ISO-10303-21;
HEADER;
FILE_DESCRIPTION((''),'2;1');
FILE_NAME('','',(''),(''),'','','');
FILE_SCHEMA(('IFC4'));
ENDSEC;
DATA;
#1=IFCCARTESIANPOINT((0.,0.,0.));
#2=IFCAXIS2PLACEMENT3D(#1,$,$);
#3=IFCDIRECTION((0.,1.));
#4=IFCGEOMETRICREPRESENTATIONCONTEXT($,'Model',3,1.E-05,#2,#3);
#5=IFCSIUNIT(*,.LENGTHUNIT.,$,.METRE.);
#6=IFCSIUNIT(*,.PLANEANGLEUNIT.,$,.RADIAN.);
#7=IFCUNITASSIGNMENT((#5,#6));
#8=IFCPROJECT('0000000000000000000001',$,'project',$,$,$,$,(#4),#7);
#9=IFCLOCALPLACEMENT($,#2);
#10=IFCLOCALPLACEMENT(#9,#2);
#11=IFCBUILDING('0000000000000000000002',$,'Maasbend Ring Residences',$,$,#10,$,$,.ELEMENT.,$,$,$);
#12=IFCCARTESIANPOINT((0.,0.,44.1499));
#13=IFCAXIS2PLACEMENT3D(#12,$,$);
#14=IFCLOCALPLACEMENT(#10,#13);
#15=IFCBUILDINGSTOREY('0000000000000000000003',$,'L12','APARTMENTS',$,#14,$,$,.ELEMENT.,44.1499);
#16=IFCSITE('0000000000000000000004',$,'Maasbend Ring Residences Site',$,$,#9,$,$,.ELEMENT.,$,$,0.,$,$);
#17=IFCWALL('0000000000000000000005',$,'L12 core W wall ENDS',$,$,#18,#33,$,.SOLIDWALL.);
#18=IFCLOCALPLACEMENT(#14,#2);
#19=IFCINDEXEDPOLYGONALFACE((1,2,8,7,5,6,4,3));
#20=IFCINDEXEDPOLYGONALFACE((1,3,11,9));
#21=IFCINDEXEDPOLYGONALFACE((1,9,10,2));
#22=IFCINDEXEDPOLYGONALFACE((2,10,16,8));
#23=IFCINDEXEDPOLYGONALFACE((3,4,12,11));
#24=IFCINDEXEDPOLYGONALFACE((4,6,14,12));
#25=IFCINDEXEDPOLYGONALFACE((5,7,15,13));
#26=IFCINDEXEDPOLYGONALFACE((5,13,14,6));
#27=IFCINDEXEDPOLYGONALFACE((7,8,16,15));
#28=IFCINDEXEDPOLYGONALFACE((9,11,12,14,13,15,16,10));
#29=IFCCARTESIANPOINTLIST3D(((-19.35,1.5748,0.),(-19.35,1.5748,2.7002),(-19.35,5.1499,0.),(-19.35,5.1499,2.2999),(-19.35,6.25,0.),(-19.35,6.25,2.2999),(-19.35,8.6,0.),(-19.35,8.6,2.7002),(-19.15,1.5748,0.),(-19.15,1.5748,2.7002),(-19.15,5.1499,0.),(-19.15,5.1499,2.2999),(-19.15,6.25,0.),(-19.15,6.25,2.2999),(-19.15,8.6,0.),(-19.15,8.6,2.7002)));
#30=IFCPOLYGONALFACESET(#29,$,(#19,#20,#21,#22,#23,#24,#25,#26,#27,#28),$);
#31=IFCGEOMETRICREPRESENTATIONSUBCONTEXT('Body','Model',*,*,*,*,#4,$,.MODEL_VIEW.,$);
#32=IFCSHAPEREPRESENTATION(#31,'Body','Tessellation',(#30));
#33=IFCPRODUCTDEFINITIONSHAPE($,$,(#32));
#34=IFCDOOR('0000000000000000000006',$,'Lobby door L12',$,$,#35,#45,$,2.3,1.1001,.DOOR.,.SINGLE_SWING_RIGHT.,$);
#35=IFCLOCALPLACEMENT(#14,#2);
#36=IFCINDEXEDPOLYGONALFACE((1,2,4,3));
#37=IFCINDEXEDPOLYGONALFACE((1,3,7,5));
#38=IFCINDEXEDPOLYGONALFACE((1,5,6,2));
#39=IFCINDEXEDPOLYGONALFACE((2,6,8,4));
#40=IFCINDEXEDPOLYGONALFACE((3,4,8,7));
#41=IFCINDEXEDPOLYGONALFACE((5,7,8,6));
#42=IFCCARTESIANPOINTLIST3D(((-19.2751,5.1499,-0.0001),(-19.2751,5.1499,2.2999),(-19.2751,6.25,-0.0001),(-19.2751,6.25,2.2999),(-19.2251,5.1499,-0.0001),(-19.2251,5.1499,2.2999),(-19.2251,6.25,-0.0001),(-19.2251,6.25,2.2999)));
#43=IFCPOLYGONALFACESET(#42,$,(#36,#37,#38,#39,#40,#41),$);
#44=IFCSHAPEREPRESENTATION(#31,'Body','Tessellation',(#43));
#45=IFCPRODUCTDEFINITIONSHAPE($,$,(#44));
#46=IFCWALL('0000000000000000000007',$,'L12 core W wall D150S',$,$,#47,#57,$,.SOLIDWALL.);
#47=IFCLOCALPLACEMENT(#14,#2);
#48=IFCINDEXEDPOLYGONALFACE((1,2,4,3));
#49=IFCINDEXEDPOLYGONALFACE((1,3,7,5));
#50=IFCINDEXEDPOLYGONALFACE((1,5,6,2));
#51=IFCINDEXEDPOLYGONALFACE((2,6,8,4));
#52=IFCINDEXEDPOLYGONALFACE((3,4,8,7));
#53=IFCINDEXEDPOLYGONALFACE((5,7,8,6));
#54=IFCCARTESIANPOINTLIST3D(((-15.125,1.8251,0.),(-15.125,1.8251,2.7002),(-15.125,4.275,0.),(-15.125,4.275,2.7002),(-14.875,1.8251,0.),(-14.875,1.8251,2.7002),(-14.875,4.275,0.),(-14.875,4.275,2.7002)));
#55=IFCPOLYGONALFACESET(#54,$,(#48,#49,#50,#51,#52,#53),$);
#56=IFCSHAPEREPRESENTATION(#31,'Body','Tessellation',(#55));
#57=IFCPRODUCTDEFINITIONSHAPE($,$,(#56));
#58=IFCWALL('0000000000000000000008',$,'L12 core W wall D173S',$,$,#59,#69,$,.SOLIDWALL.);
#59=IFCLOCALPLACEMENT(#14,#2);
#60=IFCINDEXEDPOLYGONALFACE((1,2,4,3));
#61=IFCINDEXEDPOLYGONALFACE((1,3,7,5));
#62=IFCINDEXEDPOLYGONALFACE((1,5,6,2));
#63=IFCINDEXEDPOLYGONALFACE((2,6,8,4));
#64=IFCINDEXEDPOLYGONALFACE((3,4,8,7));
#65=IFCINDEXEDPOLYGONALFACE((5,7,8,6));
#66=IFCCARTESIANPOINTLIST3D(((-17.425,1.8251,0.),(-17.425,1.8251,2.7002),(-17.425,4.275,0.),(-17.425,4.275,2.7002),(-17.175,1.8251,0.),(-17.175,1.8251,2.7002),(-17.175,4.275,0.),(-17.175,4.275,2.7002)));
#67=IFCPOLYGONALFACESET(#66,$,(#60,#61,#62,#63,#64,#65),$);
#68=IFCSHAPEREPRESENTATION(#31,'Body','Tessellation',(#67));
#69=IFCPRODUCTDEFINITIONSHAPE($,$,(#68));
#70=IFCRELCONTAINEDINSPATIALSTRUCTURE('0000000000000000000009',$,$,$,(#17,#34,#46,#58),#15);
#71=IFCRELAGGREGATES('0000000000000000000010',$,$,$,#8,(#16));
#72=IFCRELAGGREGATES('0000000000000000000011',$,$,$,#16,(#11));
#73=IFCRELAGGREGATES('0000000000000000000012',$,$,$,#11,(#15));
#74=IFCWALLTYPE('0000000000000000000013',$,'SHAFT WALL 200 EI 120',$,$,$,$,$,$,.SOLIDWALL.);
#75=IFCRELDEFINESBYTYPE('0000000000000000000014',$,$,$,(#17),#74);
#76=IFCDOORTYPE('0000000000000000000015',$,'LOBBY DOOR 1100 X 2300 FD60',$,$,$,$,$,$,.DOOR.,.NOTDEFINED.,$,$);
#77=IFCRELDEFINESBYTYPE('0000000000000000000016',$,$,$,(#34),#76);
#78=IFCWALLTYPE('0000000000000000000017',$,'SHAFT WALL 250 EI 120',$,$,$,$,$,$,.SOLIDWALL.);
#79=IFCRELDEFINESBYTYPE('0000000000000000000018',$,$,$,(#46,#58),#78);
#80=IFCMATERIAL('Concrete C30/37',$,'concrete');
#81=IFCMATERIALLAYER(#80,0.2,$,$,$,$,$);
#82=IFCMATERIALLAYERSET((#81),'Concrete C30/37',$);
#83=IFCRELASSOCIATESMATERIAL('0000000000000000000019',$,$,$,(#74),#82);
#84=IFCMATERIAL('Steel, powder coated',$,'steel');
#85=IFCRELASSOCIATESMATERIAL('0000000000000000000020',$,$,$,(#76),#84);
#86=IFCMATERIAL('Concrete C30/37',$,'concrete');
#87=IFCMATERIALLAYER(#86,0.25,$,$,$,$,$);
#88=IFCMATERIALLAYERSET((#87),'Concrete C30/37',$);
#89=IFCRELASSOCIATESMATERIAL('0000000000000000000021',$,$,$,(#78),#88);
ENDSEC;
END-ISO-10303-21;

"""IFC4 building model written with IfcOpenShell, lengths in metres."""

from ifc_helpers import new_model, si_unit, direction, frame, frame_2d, origin, place, context, subcontext, project, spatial, rectangle, extrude, material, layer, layer_set, type_object, element, fill, save


model = new_model("IFC4")

# Units and contexts
model_context = context("Model", 3, precision=1e-05, world=origin(), true_north=direction((0.0, 1.0)))
body_context = subcontext(model_context, "Body", "Model", "MODEL_VIEW")
ifc_project = project(units=[si_unit("LENGTHUNIT", "METRE"), si_unit("PLANEANGLEUNIT", "RADIAN")], contexts=[model_context])

# Site, building, storey
site_placement = place(None, origin())
site = spatial("IfcSite", under=ifc_project, at=site_placement, Name="Maasbend Ring Residences Site", CompositionType="ELEMENT", RefElevation=0.0)
building_placement = place(site_placement, origin())
building = spatial("IfcBuilding", under=site, at=building_placement, Name="Maasbend Ring Residences", CompositionType="ELEMENT")
storey_placement = place(building_placement, frame((0.0, 0.0, 44.1499)))
storey = spatial("IfcBuildingStorey", under=building, at=storey_placement, Name="L12", Description="APARTMENTS", CompositionType="ELEMENT", Elevation=44.1499)

# Wall, opening, door
ifc_material_1 = material(Name="Concrete C30/37", Category="concrete")
ifc_layer_1 = layer(ifc_material_1, 0.2)
ifc_layer_set_1 = layer_set([ifc_layer_1], Name="Concrete C30/37")
wall_type_1 = type_object("IfcWallType", Name="SHAFT WALL 200 EI 120", PredefinedType="SOLIDWALL", material=ifc_layer_set_1)
wall_1_placement = place(storey_placement, frame((-19.25, 8.6001, 0.0), z_axis=(0.0, 0.0, 1.0), x_axis=(0.0, -1.0, 0.0)))
wall_1 = element("IfcWall", 1, at=wall_1_placement, inside=storey, type_object=wall_type_1, Name="L12 core W wall ENDS", PredefinedType="SOLIDWALL", context=body_context, shape_type="SweptSolid", body=[
    extrude(rectangle(XDim=7.0251, YDim=0.2, at=frame_2d((3.5127, 0.0))), origin(), (0.0, 0.0, 1.0), 2.7002),
])
opening_1_placement = place(wall_1_placement, frame((2.3501, 0.0, 0.0)))
opening_1 = element("IfcOpeningElement", 2, at=opening_1_placement, cuts=wall_1, PredefinedType="OPENING", context=body_context, shape_type="SweptSolid", body=[
    extrude(rectangle(XDim=1.1001, YDim=2.3, at=frame_2d((0.55, 1.1499))), frame((0.0, 0.1099, 0.0), z_axis=(0.0, -1.0, 0.0), x_axis=(1.0, 0.0, 0.0)), (0.0, 0.0, 1.0), 0.22),
])
ifc_material_2 = material(Name="Steel, powder coated", Category="steel")
door_type_1 = type_object("IfcDoorType", Name="LOBBY DOOR 1100 X 2300 FD60", OperationType="NOTDEFINED", PredefinedType="DOOR", material=ifc_material_2)
door_1_placement = place(opening_1_placement, origin())
door_1 = element("IfcDoor", 3, at=door_1_placement, inside=storey, type_object=door_type_1, Name="Lobby door L12", OperationType="SINGLE_SWING_RIGHT", OverallHeight=2.3, OverallWidth=1.1001, PredefinedType="DOOR", context=body_context, shape_type="SweptSolid", body=[
    extrude(rectangle(XDim=1.1001, YDim=2.3, at=frame_2d((0.55, 1.1499))), frame((0.0, 0.0249, 0.0), z_axis=(0.0, -1.0, 0.0), x_axis=(1.0, 0.0, 0.0)), (0.0, 0.0, 1.0), 0.05),
])
fill(opening_1, door_1)

# Walls
ifc_material_3 = material(Name="Concrete C30/37", Category="concrete")
ifc_layer_2 = layer(ifc_material_3, 0.25)
ifc_layer_set_2 = layer_set([ifc_layer_2], Name="Concrete C30/37")
wall_type_2 = type_object("IfcWallType", Name="SHAFT WALL 250 EI 120", PredefinedType="SOLIDWALL", material=ifc_layer_set_2)
for number, where, z_axis, x_axis, name in (
    (4, (-15.0, 1.825, 0.0), (0.0, 0.0, 1.0), (0.0, 1.0, 0.0), "L12 core W wall D150S"),
    (5, (-17.3, 1.825, 0.0), (0.0, 0.0, 1.0), (0.0, 1.0, 0.0), "L12 core W wall D173S"),
):
    element("IfcWall", number, at=place(storey_placement, frame(where, z_axis=z_axis, x_axis=x_axis)), inside=storey, type_object=wall_type_2, Name=name, PredefinedType="SOLIDWALL", context=body_context, shape_type="SweptSolid", body=[
        extrude(rectangle(XDim=2.45, YDim=0.25, at=frame_2d((1.2251, 0.0))), origin(), (0.0, 0.0, 1.0), 2.7002),
    ])

save(model, "model.ifc")
